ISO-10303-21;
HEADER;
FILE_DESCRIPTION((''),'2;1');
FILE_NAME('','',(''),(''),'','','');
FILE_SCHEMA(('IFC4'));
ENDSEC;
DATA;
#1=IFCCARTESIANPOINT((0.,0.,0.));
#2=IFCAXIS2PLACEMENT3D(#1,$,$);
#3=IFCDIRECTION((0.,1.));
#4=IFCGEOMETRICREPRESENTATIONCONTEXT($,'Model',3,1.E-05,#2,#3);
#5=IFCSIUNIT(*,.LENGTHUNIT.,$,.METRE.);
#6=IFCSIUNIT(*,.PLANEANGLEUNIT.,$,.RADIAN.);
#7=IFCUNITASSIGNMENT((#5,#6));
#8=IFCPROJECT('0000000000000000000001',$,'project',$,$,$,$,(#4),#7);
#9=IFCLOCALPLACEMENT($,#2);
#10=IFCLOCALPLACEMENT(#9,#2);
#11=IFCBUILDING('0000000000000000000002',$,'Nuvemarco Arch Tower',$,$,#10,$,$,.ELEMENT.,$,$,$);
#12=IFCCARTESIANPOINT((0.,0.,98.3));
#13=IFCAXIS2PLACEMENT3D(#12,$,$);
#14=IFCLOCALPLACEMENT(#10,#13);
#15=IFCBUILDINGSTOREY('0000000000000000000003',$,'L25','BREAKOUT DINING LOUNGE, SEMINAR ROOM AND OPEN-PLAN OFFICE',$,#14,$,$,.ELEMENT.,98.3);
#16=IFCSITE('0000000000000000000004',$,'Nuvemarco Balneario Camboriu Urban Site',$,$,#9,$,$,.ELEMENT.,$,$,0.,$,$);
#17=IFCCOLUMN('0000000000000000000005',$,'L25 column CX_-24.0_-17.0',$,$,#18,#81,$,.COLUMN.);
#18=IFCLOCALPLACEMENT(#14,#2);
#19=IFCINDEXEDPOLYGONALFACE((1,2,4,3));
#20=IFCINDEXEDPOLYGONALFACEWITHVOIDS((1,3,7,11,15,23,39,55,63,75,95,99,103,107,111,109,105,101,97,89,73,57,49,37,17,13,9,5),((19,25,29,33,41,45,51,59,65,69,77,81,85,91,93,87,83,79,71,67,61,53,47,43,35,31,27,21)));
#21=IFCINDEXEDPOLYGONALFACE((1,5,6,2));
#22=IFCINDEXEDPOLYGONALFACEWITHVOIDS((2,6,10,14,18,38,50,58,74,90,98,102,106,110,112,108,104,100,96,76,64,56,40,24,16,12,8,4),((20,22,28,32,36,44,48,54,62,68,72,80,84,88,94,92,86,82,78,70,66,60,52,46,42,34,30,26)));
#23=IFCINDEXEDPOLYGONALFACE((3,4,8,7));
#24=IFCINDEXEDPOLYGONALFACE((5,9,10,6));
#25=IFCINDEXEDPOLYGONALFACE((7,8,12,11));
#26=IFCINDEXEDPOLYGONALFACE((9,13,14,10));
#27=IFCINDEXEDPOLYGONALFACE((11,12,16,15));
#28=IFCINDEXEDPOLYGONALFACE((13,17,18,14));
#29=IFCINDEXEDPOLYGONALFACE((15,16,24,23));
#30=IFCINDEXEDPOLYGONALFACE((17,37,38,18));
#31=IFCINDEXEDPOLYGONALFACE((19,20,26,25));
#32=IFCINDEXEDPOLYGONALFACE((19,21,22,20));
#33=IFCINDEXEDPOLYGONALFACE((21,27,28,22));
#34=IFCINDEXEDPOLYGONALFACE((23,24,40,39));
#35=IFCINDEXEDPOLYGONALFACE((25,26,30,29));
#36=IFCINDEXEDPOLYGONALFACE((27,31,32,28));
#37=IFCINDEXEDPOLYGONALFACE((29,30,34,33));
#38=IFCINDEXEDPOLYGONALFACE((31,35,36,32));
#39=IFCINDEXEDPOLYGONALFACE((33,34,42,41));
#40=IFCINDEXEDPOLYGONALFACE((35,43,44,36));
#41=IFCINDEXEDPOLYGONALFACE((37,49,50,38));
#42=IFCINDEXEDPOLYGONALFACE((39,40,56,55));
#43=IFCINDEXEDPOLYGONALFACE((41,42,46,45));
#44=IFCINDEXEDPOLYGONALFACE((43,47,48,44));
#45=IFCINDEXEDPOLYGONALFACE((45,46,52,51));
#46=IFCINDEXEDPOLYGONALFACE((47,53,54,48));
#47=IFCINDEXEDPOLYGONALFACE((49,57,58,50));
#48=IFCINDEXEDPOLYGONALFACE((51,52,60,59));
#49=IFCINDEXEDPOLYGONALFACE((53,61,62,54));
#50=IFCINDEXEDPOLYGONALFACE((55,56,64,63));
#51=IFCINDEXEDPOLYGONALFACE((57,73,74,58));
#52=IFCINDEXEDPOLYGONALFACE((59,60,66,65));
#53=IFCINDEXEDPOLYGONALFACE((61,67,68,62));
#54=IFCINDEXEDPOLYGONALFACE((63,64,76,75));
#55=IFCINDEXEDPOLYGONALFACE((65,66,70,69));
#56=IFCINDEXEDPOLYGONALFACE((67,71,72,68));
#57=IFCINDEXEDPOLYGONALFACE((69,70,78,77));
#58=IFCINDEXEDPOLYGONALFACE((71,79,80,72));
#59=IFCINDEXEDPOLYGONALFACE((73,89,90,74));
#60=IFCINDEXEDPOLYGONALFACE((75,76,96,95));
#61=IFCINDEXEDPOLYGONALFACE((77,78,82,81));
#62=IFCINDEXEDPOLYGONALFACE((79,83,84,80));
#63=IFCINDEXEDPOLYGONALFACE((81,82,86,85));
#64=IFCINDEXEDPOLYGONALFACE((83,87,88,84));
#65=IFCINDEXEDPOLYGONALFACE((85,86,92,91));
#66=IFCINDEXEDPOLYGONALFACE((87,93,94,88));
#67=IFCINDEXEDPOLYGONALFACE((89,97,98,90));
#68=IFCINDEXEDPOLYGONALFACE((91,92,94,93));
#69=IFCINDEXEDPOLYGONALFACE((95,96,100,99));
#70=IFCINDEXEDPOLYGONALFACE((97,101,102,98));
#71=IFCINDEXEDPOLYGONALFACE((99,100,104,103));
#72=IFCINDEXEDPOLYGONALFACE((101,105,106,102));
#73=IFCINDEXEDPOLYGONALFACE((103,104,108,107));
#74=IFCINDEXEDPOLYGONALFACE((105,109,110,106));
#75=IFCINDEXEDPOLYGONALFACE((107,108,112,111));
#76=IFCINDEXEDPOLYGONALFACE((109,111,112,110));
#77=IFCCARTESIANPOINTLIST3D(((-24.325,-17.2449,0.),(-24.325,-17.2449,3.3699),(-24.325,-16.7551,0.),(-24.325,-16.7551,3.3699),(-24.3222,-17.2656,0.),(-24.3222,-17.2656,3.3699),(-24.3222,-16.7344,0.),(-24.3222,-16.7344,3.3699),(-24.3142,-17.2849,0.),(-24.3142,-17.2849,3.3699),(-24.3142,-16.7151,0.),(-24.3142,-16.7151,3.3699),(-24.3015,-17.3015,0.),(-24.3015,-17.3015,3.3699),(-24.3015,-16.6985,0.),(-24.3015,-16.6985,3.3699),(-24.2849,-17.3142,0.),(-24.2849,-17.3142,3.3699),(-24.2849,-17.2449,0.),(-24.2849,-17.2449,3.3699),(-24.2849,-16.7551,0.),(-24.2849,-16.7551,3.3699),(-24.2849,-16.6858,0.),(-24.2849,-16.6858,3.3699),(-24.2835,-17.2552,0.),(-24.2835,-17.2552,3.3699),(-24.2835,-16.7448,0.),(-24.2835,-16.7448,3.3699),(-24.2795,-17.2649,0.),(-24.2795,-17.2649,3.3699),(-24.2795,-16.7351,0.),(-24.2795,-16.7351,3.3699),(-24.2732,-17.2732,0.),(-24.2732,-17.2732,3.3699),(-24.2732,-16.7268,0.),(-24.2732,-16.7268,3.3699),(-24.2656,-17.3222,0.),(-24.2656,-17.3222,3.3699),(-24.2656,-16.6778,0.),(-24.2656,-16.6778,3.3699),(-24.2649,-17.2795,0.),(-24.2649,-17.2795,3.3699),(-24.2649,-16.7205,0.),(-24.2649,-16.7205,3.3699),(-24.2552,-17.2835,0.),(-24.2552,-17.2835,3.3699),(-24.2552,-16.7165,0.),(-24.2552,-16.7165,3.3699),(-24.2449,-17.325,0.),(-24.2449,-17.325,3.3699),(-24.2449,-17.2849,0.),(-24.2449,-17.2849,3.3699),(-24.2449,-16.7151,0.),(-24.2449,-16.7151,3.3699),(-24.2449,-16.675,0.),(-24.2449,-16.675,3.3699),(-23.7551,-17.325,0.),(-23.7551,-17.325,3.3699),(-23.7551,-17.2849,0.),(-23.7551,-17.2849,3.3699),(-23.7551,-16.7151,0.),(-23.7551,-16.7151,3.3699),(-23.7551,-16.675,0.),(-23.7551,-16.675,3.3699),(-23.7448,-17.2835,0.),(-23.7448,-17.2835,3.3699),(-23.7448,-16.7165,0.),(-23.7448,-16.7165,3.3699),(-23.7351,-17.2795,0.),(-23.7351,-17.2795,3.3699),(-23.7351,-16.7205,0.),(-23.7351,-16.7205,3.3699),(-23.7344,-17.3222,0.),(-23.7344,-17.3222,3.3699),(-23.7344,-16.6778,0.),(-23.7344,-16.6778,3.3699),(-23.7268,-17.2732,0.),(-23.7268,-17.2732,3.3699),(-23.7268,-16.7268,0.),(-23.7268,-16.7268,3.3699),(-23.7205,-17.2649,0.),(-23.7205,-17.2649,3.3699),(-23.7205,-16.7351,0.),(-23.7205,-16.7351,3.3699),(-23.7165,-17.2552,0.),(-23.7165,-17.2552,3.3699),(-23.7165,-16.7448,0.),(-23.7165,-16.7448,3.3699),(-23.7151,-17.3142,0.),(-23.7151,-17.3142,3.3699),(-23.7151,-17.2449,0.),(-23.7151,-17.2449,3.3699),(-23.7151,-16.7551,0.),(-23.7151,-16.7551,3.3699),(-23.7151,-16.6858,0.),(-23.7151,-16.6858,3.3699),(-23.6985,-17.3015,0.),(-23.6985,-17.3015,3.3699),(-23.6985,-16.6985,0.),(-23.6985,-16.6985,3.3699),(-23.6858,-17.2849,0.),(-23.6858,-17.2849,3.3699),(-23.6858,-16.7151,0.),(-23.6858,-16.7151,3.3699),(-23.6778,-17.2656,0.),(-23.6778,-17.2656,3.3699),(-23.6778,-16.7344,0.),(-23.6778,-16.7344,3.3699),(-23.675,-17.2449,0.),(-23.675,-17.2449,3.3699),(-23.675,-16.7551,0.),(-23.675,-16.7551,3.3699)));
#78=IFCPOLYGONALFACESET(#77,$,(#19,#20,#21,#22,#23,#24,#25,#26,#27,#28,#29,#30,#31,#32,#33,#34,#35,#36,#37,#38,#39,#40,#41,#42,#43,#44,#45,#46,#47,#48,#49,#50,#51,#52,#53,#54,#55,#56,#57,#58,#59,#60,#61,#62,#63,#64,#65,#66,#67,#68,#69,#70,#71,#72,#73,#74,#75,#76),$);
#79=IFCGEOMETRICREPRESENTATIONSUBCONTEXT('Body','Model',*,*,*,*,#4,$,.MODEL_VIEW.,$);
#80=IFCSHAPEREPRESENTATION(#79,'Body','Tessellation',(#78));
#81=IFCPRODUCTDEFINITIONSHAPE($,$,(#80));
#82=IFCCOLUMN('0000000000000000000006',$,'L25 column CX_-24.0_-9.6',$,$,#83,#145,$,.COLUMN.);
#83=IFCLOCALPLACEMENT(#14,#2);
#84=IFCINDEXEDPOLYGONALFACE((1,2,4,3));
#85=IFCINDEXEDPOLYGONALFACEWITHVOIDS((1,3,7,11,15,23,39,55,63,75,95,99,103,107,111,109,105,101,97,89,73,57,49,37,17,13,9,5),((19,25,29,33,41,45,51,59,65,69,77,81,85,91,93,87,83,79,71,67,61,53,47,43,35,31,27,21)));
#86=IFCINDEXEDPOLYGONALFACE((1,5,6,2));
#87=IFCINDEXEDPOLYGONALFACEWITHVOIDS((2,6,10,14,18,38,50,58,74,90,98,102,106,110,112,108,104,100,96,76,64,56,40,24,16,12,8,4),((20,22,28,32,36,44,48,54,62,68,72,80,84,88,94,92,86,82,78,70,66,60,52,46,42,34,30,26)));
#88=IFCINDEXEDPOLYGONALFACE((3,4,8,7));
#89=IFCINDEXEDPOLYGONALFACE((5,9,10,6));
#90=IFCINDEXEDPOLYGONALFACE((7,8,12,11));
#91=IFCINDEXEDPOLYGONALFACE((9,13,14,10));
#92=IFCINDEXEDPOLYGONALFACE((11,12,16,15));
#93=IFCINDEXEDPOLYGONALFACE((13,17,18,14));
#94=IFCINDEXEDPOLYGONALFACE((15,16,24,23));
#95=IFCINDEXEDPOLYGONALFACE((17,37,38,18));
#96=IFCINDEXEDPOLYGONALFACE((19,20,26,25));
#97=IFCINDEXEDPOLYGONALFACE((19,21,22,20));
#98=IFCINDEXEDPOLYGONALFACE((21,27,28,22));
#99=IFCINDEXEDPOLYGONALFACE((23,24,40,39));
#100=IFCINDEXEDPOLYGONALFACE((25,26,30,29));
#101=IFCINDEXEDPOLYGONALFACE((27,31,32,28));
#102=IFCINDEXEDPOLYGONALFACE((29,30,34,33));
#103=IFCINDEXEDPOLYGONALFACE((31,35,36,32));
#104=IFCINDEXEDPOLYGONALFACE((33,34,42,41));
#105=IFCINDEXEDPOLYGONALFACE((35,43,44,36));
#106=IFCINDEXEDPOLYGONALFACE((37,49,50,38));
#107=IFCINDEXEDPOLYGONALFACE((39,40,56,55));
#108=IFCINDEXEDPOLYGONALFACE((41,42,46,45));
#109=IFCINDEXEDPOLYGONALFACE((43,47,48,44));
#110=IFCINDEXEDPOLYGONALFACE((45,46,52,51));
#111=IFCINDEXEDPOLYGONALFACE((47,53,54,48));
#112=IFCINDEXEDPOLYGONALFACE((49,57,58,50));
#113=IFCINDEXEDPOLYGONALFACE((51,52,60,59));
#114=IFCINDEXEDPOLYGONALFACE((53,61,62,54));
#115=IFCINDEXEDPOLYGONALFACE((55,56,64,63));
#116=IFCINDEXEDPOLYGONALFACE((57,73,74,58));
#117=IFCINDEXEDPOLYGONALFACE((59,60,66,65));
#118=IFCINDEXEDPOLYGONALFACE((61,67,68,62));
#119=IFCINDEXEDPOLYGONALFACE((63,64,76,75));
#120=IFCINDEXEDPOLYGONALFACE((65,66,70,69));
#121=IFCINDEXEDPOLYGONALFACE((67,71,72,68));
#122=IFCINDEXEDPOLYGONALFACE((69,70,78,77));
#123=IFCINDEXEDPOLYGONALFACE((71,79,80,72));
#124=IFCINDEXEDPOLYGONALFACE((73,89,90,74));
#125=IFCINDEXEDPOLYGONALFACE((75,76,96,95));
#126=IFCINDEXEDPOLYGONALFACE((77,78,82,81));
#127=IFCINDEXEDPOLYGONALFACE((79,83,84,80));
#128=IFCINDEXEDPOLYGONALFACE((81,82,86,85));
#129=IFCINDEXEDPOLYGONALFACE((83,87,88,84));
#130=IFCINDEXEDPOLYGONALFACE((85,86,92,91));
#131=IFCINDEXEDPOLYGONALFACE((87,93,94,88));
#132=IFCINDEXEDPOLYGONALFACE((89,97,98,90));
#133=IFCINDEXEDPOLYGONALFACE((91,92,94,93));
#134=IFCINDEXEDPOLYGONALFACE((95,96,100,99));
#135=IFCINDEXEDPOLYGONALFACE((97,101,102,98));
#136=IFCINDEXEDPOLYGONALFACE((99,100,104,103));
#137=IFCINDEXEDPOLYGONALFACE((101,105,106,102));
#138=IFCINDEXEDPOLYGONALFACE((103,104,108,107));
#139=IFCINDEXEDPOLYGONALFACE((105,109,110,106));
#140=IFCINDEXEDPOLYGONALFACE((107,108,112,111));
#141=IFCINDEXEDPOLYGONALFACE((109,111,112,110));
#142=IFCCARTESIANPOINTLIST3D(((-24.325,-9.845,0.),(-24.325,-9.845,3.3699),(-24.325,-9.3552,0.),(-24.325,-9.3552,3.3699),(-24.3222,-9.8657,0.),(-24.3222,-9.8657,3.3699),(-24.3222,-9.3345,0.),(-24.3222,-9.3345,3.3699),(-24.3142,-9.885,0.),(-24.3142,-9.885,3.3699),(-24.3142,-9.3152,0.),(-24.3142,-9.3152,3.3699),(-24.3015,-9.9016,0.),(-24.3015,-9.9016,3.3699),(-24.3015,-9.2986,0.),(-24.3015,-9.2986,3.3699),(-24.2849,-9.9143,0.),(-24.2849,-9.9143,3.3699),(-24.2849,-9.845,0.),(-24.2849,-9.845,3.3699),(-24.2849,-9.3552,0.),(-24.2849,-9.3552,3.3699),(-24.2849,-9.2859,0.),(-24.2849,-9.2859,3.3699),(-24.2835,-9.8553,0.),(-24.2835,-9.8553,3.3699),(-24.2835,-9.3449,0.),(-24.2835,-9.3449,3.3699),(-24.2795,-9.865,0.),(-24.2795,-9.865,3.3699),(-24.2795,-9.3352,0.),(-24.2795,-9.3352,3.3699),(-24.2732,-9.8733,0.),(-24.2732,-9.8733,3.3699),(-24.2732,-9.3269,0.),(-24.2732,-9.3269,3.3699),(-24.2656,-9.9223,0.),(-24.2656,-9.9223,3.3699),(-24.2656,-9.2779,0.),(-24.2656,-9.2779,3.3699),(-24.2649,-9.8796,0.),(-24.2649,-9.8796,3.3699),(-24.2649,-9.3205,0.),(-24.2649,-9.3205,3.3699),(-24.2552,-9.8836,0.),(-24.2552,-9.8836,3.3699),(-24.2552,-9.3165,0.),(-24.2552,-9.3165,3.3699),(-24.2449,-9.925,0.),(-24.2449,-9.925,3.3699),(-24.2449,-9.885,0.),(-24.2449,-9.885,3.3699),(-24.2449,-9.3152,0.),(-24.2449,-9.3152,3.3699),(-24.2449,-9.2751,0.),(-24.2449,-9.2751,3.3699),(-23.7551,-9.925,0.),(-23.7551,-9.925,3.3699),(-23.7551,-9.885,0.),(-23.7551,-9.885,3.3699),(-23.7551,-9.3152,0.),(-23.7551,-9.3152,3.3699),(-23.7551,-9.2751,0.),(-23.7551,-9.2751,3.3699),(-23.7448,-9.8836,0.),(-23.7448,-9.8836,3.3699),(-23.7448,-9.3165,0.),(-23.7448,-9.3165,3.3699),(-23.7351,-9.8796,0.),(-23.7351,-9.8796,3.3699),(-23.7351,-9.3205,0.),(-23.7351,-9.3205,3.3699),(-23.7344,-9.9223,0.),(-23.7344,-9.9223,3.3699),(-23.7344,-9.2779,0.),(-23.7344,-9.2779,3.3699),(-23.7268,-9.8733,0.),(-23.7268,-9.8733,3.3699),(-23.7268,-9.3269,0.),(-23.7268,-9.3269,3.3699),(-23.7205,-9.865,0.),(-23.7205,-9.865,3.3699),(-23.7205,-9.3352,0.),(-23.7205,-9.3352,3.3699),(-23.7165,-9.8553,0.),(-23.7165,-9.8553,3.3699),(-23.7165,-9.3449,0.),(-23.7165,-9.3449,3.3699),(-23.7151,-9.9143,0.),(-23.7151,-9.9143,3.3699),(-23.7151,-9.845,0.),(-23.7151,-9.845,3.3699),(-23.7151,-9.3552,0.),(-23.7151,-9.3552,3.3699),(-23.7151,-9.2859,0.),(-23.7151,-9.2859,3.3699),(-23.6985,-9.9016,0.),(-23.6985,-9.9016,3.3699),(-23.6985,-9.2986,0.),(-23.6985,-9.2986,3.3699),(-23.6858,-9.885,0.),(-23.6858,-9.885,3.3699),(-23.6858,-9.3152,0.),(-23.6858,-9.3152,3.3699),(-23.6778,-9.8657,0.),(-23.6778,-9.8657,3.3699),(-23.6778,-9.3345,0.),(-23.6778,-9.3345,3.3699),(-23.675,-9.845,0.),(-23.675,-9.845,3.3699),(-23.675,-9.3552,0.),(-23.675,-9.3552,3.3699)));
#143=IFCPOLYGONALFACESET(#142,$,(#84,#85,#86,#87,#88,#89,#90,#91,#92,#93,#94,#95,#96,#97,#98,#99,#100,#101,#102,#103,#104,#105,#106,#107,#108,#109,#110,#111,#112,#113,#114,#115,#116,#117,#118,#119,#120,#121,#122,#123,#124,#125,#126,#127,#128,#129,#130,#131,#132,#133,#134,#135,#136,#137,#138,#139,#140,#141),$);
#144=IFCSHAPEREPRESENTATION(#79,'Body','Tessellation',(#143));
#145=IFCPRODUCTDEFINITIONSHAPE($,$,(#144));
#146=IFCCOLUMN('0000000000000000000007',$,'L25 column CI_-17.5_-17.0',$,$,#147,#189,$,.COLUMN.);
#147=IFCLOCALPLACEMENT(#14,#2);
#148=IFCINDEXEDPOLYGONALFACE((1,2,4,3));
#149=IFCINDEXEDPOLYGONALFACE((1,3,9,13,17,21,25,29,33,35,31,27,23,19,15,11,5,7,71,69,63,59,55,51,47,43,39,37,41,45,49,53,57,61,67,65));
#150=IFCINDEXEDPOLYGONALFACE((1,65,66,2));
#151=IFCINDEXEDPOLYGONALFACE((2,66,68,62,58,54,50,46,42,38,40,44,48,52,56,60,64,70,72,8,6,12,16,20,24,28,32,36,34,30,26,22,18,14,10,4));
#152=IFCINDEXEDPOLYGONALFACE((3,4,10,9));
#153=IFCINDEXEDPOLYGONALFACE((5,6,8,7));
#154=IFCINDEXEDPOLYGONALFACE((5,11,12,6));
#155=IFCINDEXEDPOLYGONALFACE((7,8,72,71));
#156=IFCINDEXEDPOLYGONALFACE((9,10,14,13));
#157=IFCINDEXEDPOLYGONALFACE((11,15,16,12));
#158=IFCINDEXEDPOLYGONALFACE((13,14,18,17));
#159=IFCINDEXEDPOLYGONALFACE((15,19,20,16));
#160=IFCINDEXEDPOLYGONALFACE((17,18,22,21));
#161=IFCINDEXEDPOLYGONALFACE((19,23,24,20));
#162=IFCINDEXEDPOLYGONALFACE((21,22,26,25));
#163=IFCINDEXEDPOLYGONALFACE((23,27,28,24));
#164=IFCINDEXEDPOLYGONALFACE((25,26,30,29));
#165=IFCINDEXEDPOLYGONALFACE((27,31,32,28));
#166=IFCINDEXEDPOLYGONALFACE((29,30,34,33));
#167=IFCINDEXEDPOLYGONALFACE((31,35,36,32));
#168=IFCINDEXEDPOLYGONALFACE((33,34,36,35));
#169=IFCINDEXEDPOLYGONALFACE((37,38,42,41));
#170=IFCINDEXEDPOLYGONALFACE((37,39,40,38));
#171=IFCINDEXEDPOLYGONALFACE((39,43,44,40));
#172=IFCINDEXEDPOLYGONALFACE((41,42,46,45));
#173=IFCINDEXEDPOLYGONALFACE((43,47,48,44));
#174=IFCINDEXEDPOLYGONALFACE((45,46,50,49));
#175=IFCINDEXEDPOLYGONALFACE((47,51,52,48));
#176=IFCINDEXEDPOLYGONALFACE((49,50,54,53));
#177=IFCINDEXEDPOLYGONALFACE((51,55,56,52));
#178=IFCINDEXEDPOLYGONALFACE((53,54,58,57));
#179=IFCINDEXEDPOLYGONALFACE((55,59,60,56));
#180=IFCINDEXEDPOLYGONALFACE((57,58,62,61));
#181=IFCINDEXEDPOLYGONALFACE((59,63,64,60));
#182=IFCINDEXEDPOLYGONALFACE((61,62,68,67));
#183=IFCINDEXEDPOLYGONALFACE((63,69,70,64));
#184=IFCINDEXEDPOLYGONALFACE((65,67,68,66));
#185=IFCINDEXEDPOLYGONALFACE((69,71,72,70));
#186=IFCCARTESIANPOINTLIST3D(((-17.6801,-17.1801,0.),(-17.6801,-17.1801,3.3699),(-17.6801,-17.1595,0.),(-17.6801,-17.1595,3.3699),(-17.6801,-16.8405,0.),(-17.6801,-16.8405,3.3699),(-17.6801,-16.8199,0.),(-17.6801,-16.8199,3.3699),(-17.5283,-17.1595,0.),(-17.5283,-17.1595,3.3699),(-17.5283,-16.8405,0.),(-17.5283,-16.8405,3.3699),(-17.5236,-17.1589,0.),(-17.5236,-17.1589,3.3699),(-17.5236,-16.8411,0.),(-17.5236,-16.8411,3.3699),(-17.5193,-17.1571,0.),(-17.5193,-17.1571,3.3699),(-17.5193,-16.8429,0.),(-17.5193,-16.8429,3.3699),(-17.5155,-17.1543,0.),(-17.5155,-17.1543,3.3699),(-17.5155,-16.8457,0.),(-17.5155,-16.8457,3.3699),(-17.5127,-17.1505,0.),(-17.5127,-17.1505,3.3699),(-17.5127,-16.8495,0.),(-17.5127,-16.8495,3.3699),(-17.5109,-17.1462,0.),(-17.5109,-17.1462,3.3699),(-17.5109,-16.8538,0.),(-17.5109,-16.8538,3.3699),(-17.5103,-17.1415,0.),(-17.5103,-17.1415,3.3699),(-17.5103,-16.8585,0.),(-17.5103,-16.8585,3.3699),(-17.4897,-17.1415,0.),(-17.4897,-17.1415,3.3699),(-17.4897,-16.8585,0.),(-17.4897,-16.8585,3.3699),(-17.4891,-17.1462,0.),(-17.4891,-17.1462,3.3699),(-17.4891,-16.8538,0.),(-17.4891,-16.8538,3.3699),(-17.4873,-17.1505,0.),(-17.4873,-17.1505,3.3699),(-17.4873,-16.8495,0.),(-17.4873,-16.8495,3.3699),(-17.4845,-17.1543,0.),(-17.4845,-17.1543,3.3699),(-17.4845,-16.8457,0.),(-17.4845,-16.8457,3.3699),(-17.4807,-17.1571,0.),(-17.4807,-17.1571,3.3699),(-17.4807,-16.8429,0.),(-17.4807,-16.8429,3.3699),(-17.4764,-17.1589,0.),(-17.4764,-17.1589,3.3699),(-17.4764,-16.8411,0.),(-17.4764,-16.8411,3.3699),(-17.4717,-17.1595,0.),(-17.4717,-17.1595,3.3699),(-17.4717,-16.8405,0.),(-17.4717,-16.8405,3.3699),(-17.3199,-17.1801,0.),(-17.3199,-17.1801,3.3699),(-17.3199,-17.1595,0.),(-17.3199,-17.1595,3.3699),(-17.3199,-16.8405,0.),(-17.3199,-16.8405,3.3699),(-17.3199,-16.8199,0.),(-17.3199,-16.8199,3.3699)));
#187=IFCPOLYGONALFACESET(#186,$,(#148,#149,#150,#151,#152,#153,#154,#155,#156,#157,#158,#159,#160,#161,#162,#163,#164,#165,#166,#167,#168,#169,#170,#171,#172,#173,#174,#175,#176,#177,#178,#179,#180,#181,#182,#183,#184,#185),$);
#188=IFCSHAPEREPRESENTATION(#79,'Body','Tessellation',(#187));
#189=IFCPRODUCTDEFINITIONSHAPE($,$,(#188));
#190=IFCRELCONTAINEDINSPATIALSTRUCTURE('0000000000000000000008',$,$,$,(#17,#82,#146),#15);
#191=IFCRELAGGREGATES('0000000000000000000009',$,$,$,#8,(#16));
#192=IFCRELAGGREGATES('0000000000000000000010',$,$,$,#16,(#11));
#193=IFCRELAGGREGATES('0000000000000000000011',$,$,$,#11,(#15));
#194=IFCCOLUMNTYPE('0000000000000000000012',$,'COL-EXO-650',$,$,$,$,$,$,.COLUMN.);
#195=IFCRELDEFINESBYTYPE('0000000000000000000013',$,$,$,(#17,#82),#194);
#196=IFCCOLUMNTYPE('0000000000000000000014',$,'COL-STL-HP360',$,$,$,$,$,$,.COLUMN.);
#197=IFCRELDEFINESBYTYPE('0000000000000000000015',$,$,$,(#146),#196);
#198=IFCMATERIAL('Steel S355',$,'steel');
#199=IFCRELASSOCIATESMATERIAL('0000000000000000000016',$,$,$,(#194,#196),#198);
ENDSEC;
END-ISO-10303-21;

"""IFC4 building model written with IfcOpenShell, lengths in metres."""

from ifc_helpers import new_model, si_unit, direction, frame, origin, origin_2d, place, context, subcontext, project, spatial, hollow_rectangle, i_section, extrude, material, material_profile, profile_set, type_object, element, save


model = new_model("IFC4")

# Units and contexts
model_context = context("Model", 3, precision=1e-05, world=origin(), true_north=direction((0.0, 1.0)))
body_context = subcontext(model_context, "Body", "Model", "MODEL_VIEW")
ifc_project = project(units=[si_unit("LENGTHUNIT", "METRE"), si_unit("PLANEANGLEUNIT", "RADIAN")], contexts=[model_context])

# Site, building, storey
site_placement = place(None, origin())
site = spatial("IfcSite", under=ifc_project, at=site_placement, Name="Nuvemarco Balneario Camboriu Urban Site", CompositionType="ELEMENT", RefElevation=0.0)
building_placement = place(site_placement, origin())
building = spatial("IfcBuilding", under=site, at=building_placement, Name="Nuvemarco Arch Tower", CompositionType="ELEMENT")
storey_placement = place(building_placement, frame((0.0, 0.0, 98.3)))
storey = spatial("IfcBuildingStorey", under=building, at=storey_placement, Name="L25", Description="BREAKOUT DINING LOUNGE, SEMINAR ROOM AND OPEN-PLAN OFFICE", CompositionType="ELEMENT", Elevation=98.3)

# Columns
ifc_material_1 = material(Name="Steel S355", Category="steel")
ifc_material_profile_1 = material_profile(ifc_material_1, hollow_rectangle(XDim=0.6499, YDim=0.6499, WallThickness=0.04, InnerFilletRadius=0.04, OuterFilletRadius=0.0801, at=origin_2d()), Name="SHS650x650x40")
ifc_profile_set_1 = profile_set([ifc_material_profile_1], Name="Steel S355")
column_type_1 = type_object("IfcColumnType", Name="COL-EXO-650", PredefinedType="COLUMN", material=ifc_profile_set_1)
for number, where, z_axis, x_axis, name in (
    (1, (-24.0, -17.0, 0.0), (0.0, 0.0, 1.0), (1.0, 0.0, 0.0), "L25 column CX_-24.0_-17.0"),
    (2, (-24.0, -9.6001, 0.0), (0.0, 0.0, 1.0), (1.0, 0.0, 0.0), "L25 column CX_-24.0_-9.6"),
):
    element("IfcColumn", number, at=place(storey_placement, frame(where, z_axis=z_axis, x_axis=x_axis)), inside=storey, type_object=column_type_1, Name=name, PredefinedType="COLUMN", context=body_context, shape_type="SweptSolid", body=[
        extrude(hollow_rectangle(XDim=0.6499, YDim=0.6499, WallThickness=0.04, InnerFilletRadius=0.04, OuterFilletRadius=0.0801, at=origin_2d()), origin(), (0.0, 0.0, 1.0), 3.3699),
    ])
ifc_material_profile_2 = material_profile(ifc_material_1, i_section(OverallWidth=0.3601, OverallDepth=0.3601, WebThickness=0.0205, FlangeThickness=0.0205, FilletRadius=0.0181, at=origin_2d()), Name="HP360x174")
ifc_profile_set_2 = profile_set([ifc_material_profile_2], Name="Steel S355")
column_type_2 = type_object("IfcColumnType", Name="COL-STL-HP360", PredefinedType="COLUMN", material=ifc_profile_set_2)
column_placement = place(storey_placement, frame((-17.5, -17.0, 0.0), z_axis=(0.0, 0.0, 1.0), x_axis=(1.0, 0.0, 0.0)))
element("IfcColumn", 3, at=column_placement, inside=storey, type_object=column_type_2, Name="L25 column CI_-17.5_-17.0", PredefinedType="COLUMN", context=body_context, shape_type="SweptSolid", body=[
    extrude(i_section(OverallWidth=0.3601, OverallDepth=0.3601, WebThickness=0.0205, FlangeThickness=0.0205, FilletRadius=0.0181, at=origin_2d()), origin(), (0.0, 0.0, 1.0), 3.3699),
])

save(model, "model.ifc")
